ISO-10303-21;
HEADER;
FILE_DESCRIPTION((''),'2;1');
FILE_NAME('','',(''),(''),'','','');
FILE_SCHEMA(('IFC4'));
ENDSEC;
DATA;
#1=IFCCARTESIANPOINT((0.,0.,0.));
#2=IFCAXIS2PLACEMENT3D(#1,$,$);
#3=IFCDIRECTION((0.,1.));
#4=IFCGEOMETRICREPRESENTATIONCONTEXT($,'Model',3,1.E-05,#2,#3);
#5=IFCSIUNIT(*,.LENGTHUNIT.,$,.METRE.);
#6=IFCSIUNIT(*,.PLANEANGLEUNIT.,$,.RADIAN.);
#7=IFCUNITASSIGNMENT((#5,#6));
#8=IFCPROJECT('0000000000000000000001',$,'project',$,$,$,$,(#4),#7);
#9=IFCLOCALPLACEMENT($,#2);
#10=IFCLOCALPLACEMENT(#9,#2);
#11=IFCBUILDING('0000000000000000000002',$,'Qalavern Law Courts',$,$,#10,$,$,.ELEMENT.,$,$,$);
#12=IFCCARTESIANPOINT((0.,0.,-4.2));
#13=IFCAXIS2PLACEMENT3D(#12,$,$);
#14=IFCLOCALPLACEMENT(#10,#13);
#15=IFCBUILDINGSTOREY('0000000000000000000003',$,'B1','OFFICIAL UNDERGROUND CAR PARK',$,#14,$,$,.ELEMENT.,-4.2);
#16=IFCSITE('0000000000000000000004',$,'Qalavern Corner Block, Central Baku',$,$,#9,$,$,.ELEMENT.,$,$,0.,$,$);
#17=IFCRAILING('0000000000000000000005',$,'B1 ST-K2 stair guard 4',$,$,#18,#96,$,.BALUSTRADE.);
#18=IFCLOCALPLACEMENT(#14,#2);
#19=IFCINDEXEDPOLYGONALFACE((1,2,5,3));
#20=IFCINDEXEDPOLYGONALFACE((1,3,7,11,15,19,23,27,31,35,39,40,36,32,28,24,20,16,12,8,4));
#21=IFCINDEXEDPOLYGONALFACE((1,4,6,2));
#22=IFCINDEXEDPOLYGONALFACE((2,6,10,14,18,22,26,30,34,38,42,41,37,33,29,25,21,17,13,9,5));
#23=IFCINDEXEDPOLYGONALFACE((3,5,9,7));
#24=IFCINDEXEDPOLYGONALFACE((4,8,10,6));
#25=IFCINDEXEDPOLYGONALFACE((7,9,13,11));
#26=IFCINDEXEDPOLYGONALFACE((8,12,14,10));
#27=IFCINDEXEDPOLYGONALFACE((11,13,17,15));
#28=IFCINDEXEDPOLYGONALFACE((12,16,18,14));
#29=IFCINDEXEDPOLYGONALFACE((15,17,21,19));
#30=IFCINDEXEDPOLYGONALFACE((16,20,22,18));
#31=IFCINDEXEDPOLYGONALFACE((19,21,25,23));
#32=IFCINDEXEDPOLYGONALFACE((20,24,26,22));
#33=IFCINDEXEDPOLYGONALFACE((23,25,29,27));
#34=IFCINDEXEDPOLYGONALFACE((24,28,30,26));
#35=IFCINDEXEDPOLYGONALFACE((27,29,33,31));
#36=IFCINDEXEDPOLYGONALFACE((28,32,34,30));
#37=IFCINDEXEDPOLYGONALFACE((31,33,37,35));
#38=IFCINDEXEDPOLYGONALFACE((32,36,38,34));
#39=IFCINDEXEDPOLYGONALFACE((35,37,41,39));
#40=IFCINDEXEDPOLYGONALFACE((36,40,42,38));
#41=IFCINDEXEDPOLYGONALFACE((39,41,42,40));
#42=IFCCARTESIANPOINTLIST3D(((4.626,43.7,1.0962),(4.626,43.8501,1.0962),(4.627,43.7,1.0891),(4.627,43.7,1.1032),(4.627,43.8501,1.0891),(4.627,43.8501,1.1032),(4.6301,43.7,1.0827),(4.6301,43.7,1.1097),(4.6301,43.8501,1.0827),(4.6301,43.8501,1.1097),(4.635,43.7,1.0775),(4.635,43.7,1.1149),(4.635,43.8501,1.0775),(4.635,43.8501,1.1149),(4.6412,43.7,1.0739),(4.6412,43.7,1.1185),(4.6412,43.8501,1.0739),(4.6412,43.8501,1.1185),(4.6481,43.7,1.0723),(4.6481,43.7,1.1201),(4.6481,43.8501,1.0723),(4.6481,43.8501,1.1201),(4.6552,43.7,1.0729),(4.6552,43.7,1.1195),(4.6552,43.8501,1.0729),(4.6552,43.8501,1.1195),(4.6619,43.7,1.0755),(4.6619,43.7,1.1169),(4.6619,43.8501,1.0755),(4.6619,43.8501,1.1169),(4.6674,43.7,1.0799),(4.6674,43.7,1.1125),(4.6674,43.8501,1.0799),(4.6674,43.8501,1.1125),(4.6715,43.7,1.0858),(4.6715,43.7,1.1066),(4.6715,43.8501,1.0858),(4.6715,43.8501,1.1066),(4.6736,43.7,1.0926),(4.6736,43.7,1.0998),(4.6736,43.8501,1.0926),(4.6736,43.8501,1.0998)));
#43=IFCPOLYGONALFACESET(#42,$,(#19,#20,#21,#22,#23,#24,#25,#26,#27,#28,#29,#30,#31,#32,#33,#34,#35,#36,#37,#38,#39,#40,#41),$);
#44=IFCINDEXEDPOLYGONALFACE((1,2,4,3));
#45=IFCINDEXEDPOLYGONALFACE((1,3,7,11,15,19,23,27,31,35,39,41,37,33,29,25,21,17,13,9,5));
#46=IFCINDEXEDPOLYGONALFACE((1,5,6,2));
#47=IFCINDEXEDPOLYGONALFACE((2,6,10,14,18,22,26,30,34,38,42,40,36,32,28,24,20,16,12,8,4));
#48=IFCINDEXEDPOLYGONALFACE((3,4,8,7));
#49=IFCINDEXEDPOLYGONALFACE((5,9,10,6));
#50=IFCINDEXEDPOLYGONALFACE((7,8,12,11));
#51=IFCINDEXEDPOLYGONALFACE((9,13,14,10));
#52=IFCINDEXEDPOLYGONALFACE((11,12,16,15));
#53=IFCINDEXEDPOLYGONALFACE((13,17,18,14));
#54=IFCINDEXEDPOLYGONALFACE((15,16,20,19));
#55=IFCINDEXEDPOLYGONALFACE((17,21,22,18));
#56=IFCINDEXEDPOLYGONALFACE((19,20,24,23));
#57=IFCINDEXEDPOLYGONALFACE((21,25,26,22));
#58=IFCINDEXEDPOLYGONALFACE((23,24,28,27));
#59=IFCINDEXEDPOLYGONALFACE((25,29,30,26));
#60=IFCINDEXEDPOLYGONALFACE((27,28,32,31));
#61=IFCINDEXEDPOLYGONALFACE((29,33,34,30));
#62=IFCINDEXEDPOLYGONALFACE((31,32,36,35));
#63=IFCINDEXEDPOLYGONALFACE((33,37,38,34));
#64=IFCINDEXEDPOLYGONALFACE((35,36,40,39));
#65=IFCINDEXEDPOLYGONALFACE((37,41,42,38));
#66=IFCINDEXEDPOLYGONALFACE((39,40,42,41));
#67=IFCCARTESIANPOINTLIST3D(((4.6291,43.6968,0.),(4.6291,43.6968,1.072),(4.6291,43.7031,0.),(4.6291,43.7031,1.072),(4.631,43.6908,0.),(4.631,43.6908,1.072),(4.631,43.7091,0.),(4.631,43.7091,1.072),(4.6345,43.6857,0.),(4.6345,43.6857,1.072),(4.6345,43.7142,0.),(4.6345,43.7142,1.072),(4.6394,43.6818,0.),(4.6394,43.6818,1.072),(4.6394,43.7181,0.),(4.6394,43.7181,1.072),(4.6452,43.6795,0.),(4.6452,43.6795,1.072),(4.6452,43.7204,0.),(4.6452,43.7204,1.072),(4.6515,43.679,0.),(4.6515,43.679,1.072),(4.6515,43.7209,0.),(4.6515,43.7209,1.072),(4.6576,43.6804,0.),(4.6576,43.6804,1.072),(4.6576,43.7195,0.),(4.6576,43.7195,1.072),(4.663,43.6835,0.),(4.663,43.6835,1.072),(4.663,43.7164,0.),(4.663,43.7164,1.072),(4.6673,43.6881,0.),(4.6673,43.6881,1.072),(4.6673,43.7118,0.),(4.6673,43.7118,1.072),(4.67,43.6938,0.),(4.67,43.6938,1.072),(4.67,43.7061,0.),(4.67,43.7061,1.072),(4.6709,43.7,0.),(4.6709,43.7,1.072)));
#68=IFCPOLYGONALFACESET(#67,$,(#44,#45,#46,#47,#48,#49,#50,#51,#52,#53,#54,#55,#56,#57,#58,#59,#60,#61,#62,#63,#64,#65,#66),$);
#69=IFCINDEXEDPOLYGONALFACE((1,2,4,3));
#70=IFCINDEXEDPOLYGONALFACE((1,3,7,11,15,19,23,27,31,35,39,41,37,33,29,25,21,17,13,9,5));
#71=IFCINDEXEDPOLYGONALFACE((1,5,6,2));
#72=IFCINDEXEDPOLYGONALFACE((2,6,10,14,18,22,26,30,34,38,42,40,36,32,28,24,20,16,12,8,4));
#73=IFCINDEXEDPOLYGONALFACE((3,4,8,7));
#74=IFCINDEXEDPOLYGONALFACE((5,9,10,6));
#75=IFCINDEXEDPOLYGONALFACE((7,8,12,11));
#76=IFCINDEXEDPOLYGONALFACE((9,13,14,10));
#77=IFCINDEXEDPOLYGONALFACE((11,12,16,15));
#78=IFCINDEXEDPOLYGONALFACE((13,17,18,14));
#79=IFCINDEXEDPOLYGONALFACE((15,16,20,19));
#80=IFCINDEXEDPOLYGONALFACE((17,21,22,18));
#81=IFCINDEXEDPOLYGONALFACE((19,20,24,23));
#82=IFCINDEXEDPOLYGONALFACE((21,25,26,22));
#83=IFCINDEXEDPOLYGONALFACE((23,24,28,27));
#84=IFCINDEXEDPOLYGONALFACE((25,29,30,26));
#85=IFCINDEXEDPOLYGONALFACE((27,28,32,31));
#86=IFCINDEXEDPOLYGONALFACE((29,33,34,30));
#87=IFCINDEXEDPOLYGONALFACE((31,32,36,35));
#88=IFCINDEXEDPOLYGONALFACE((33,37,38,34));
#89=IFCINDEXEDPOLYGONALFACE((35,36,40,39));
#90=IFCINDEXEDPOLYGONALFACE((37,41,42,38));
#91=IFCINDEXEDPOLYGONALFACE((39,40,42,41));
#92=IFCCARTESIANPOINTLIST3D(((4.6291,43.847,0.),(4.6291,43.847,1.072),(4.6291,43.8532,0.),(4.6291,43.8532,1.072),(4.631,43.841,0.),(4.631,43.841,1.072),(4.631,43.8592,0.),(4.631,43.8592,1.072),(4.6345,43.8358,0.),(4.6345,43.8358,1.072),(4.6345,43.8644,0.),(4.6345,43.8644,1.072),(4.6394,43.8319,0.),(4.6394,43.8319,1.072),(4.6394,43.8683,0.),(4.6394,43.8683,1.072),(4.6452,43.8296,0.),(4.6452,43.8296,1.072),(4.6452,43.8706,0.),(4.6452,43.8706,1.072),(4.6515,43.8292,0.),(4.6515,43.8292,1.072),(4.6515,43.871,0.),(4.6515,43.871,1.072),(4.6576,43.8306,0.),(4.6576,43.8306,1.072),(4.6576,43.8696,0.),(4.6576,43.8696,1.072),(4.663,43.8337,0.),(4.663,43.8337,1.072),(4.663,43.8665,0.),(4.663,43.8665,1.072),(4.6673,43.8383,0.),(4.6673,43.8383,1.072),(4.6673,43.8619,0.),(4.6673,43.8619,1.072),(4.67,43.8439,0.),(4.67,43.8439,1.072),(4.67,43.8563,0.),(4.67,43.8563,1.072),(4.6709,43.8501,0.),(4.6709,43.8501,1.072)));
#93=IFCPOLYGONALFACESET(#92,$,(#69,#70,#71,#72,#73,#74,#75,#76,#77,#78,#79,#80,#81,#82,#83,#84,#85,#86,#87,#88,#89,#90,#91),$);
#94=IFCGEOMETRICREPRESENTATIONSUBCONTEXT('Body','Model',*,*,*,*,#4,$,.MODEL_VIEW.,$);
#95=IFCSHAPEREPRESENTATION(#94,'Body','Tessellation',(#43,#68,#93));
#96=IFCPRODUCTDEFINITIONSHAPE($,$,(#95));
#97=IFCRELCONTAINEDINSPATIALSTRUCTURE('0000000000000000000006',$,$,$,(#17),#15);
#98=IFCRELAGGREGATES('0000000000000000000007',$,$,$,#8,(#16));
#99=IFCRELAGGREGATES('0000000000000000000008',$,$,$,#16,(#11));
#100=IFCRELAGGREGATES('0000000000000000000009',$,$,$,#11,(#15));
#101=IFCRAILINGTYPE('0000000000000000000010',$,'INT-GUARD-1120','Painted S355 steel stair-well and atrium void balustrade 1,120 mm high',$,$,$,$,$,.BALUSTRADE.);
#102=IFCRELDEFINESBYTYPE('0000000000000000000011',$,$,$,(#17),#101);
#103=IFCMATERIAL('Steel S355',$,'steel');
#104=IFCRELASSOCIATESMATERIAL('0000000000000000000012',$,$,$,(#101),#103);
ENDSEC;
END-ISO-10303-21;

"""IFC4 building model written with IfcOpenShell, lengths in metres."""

from ifc_helpers import new_model, si_unit, direction, frame, origin, origin_2d, place, context, subcontext, project, spatial, circle, extrude, material, type_object, element, save


model = new_model("IFC4")

# Units and contexts
model_context = context("Model", 3, precision=1e-05, world=origin(), true_north=direction((0.0, 1.0)))
body_context = subcontext(model_context, "Body", "Model", "MODEL_VIEW")
ifc_project = project(units=[si_unit("LENGTHUNIT", "METRE"), si_unit("PLANEANGLEUNIT", "RADIAN")], contexts=[model_context])

# Site, building, storey
site_placement = place(None, origin())
site = spatial("IfcSite", under=ifc_project, at=site_placement, Name="Qalavern Corner Block, Central Baku", CompositionType="ELEMENT", RefElevation=0.0)
building_placement = place(site_placement, origin())
building = spatial("IfcBuilding", under=site, at=building_placement, Name="Qalavern Law Courts", CompositionType="ELEMENT")
storey_placement = place(building_placement, frame((0.0, 0.0, -4.2)))
storey = spatial("IfcBuildingStorey", under=building, at=storey_placement, Name="B1", Description="OFFICIAL UNDERGROUND CAR PARK", CompositionType="ELEMENT", Elevation=-4.2)

# Shared definitions
ifc_material_1 = material(Name="Steel S355", Category="steel")

# Railing
railing_type_1 = type_object("IfcRailingType", Name="INT-GUARD-1120", Description="Painted S355 steel stair-well and atrium void balustrade 1,120 mm high", PredefinedType="BALUSTRADE", material=ifc_material_1)
railing_1_placement = place(storey_placement, frame((4.6499, 43.7, 0.0)))
element("IfcRailing", 1, at=railing_1_placement, inside=storey, type_object=railing_type_1, Name="B1 ST-K2 stair guard 4", PredefinedType="BALUSTRADE", context=body_context, shape_type="SweptSolid", body=[
    extrude(circle(Radius=0.0239, at=origin_2d()), frame((0.0, 0.0, 1.0962), z_axis=(0.0, 1.0, 0.0), x_axis=(-1.0, 0.0, 0.0)), (0.0, 0.0, 1.0), 0.1501),
    extrude(circle(Radius=0.021, at=origin_2d()), origin(), (0.0, 0.0, 1.0), 1.072),
    extrude(circle(Radius=0.021, at=origin_2d()), frame((0.0, 0.1501, 0.0)), (0.0, 0.0, 1.0), 1.072),
])

save(model, "model.ifc")
